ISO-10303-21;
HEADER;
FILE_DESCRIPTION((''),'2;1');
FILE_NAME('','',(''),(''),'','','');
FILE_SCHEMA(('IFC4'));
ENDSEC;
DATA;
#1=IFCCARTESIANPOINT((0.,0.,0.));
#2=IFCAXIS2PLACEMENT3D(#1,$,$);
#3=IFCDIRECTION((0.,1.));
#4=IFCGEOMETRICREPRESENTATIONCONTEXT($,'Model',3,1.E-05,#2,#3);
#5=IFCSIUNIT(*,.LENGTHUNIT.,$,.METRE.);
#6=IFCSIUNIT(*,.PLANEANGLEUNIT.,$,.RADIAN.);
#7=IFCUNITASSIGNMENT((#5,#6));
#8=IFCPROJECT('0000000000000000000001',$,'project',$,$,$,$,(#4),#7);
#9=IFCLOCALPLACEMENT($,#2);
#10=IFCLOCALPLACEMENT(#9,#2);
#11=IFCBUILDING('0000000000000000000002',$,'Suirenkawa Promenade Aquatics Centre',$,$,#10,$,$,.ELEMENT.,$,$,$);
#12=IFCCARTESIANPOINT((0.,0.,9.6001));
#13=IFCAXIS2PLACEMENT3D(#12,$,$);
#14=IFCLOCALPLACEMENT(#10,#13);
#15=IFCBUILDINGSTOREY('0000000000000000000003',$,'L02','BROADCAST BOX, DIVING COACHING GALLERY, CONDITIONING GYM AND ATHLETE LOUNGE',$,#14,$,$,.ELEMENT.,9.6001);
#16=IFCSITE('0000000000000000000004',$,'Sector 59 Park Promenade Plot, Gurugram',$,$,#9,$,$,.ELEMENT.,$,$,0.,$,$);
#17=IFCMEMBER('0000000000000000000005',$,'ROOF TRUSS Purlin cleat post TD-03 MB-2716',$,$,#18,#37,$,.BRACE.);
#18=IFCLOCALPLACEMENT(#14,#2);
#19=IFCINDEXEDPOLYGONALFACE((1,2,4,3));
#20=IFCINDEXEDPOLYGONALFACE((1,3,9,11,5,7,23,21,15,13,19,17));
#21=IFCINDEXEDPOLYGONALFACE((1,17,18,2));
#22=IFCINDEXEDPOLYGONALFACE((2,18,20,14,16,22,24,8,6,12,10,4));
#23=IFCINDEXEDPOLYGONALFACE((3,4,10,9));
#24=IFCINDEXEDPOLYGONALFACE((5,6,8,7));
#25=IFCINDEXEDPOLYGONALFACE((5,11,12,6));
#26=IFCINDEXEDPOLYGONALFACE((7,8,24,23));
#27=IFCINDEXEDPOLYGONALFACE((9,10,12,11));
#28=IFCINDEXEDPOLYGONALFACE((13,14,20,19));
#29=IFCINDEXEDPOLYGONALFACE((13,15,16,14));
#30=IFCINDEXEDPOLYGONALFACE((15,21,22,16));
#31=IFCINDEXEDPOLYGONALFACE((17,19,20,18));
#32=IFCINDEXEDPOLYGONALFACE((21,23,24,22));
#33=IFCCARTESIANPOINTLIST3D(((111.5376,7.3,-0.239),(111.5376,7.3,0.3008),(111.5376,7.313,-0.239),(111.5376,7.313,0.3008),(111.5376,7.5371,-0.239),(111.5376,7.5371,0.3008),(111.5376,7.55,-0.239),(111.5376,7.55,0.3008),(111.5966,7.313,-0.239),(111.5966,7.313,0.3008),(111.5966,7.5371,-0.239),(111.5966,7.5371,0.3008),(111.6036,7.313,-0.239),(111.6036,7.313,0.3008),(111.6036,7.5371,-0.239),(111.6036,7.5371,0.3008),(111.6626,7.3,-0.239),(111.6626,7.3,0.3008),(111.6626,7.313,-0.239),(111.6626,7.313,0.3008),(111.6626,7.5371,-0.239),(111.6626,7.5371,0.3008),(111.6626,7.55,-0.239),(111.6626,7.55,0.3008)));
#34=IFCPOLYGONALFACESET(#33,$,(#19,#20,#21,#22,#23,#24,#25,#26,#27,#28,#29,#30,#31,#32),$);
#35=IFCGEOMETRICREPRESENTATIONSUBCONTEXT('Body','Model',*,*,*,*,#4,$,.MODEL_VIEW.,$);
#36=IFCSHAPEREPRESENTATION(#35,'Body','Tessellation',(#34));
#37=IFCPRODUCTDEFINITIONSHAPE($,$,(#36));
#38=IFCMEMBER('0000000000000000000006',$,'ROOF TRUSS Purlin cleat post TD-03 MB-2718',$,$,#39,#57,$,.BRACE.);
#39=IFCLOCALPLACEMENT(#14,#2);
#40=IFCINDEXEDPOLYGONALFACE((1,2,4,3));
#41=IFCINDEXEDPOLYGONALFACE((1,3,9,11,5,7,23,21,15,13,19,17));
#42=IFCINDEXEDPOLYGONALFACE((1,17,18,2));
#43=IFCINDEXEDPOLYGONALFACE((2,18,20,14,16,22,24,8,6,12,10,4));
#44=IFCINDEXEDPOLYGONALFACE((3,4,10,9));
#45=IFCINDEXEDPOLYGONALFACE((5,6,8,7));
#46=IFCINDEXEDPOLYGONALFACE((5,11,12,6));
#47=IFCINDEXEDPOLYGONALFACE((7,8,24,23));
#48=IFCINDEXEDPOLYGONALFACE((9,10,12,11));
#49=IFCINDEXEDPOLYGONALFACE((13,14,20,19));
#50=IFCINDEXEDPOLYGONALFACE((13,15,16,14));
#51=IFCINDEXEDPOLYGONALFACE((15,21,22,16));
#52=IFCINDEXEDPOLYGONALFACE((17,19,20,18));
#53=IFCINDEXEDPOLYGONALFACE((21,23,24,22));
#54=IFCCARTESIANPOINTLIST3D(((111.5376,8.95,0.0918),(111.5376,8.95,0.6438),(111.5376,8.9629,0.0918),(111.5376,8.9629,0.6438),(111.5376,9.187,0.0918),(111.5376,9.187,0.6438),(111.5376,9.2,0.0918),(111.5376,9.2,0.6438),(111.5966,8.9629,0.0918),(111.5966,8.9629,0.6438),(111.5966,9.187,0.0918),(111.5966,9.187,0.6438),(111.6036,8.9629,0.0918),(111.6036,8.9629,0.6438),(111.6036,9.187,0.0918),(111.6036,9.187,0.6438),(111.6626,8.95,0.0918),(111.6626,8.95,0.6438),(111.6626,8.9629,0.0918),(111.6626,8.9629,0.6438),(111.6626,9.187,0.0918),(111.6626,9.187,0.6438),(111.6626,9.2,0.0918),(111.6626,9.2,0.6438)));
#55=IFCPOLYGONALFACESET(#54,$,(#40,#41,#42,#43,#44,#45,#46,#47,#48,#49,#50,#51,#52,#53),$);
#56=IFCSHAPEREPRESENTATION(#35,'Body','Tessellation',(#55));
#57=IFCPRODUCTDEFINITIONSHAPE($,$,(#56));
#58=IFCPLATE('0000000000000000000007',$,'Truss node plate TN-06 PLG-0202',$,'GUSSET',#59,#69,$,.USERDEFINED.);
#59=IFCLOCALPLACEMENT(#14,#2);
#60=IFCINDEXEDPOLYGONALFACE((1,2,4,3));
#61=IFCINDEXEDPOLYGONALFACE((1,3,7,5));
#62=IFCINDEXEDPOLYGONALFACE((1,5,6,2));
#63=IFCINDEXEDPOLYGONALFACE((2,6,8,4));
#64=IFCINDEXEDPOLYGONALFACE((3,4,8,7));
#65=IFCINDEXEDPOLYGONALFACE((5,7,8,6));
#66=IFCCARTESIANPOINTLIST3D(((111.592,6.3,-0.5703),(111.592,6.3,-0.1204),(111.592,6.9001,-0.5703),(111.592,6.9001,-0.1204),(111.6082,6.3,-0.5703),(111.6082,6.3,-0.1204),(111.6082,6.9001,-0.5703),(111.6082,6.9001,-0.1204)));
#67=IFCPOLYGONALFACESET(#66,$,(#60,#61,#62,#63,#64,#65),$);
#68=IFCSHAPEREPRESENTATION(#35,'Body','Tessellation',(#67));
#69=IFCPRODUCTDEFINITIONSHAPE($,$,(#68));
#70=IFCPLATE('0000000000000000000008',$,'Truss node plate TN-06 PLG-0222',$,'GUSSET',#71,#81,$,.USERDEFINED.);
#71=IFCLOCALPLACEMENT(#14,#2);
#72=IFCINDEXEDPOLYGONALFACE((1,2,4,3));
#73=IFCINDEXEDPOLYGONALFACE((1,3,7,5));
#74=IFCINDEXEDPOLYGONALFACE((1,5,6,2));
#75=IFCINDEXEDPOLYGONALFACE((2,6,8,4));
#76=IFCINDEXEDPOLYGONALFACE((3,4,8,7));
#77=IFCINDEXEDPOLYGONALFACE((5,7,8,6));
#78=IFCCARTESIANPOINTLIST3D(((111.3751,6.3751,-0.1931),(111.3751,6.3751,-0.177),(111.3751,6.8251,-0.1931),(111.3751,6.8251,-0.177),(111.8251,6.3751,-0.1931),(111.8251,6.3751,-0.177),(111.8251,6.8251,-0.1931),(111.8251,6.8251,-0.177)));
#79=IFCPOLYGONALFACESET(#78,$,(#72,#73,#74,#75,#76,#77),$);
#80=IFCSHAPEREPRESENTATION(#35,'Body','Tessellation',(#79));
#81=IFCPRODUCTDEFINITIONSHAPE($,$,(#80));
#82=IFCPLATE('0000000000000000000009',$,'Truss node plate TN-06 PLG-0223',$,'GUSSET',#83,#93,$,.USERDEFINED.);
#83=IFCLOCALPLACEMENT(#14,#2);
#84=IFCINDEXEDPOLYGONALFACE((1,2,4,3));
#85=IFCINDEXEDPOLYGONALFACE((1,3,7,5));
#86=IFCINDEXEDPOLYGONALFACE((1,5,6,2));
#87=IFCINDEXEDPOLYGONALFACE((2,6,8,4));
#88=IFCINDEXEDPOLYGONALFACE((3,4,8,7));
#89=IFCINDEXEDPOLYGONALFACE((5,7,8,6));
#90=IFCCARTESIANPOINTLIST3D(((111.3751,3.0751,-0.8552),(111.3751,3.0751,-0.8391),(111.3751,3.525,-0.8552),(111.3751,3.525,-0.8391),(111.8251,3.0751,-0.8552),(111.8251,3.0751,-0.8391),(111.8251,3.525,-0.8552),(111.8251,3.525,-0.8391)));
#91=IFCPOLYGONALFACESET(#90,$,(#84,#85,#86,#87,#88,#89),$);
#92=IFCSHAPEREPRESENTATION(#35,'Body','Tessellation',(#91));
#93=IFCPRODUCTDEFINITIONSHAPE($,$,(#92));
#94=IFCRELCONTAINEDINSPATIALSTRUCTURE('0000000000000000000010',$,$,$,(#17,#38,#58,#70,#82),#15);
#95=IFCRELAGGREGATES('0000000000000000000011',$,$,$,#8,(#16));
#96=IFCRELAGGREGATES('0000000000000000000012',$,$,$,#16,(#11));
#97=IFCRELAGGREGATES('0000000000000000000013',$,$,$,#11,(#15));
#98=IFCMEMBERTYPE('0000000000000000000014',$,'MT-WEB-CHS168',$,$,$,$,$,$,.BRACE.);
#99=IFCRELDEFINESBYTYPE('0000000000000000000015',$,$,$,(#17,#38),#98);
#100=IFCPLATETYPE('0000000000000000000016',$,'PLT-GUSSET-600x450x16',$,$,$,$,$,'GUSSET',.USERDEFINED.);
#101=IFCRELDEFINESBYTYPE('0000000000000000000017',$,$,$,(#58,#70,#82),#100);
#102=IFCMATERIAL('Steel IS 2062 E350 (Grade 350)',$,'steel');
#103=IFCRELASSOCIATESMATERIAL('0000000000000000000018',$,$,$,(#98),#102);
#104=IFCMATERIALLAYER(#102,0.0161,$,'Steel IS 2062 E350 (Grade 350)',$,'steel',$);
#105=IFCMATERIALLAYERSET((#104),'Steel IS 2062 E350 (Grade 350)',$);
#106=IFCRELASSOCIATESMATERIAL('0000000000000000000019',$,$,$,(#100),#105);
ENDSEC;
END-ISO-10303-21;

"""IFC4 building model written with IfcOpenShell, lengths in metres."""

from ifc_helpers import new_model, si_unit, direction, frame, origin, origin_2d, place, context, subcontext, project, spatial, rectangle, i_section, extrude, material, layer, layer_set, material_profile, profile_set, type_object, element, save


model = new_model("IFC4")

# Units and contexts
model_context = context("Model", 3, precision=1e-05, world=origin(), true_north=direction((0.0, 1.0)))
body_context = subcontext(model_context, "Body", "Model", "MODEL_VIEW")
ifc_project = project(units=[si_unit("LENGTHUNIT", "METRE"), si_unit("PLANEANGLEUNIT", "RADIAN")], contexts=[model_context])

# Site, building, storey
site_placement = place(None, origin())
site = spatial("IfcSite", under=ifc_project, at=site_placement, Name="Sector 59 Park Promenade Plot, Gurugram", CompositionType="ELEMENT", RefElevation=0.0)
building_placement = place(site_placement, origin())
building = spatial("IfcBuilding", under=site, at=building_placement, Name="Suirenkawa Promenade Aquatics Centre", CompositionType="ELEMENT")
storey_placement = place(building_placement, frame((0.0, 0.0, 9.6001)))
storey = spatial("IfcBuildingStorey", under=building, at=storey_placement, Name="L02", Description="BROADCAST BOX, DIVING COACHING GALLERY, CONDITIONING GYM AND ATHLETE LOUNGE", CompositionType="ELEMENT", Elevation=9.6001)

# Shared definitions
ifc_material = material(Name="Steel IS 2062 E350 (Grade 350)", Category="steel")

# Members
ifc_material_profile_1 = material_profile(ifc_material, i_section(OverallWidth=0.125, OverallDepth=0.25, WebThickness=0.0071, FlangeThickness=0.0129, at=origin_2d()), Name="ISMB 250", Category="steel")
ifc_profile_set_1 = profile_set([ifc_material_profile_1], Name="Steel IS 2062 E350 (Grade 350)")
member_type_1 = type_object("IfcMemberType", Name="MT-WEB-CHS168", PredefinedType="BRACE", material=ifc_profile_set_1)
member_1_placement = place(storey_placement, frame((111.6001, 7.425, -0.239), z_axis=(0.0, 0.0, 1.0), x_axis=(1.0, 0.0, 0.0)))
element("IfcMember", 1, at=member_1_placement, inside=storey, type_object=member_type_1, Name="ROOF TRUSS Purlin cleat post TD-03 MB-2716", PredefinedType="BRACE", context=body_context, shape_type="SweptSolid", body=[
    extrude(i_section(OverallWidth=0.125, OverallDepth=0.25, WebThickness=0.0071, FlangeThickness=0.0129, at=origin_2d()), origin(), (0.0, 0.0, 1.0), 0.5398),
])
member_2_placement = place(storey_placement, frame((111.6001, 9.075, 0.0918), z_axis=(0.0, 0.0, 1.0), x_axis=(1.0, 0.0, 0.0)))
element("IfcMember", 2, at=member_2_placement, inside=storey, type_object=member_type_1, Name="ROOF TRUSS Purlin cleat post TD-03 MB-2718", PredefinedType="BRACE", context=body_context, shape_type="SweptSolid", body=[
    extrude(i_section(OverallWidth=0.125, OverallDepth=0.25, WebThickness=0.0071, FlangeThickness=0.0129, at=origin_2d()), origin(), (0.0, 0.0, 1.0), 0.552),
])

# Plates
ifc_layer = layer(ifc_material, 0.0161, Name="Steel IS 2062 E350 (Grade 350)", Category="steel")
ifc_layer_set = layer_set([ifc_layer], Name="Steel IS 2062 E350 (Grade 350)")
plate_type = type_object("IfcPlateType", Name="PLT-GUSSET-600x450x16", ElementType="GUSSET", PredefinedType="USERDEFINED", material=ifc_layer_set)
plate_placement = place(storey_placement, frame((111.6001, 6.6001, -0.5703), z_axis=(0.0, 0.0, 1.0), x_axis=(0.0, 1.0, 0.0)))
element("IfcPlate", 3, at=plate_placement, inside=storey, type_object=plate_type, Name="Truss node plate TN-06 PLG-0202", ObjectType="GUSSET", PredefinedType="USERDEFINED", context=body_context, shape_type="SweptSolid", body=[
    extrude(rectangle(XDim=0.6001, YDim=0.0161, at=origin_2d()), origin(), (0.0, 0.0, 1.0), 0.45),
])
for number, where, z_axis, x_axis, name in (
    (4, (111.6001, 6.6001, -0.1931), (0.0, 0.0, 1.0), (1.0, 0.0, 0.0), "Truss node plate TN-06 PLG-0222"),
    (5, (111.6001, 3.3, -0.8552), (0.0, 0.0, 1.0), (1.0, 0.0, 0.0), "Truss node plate TN-06 PLG-0223"),
):
    element("IfcPlate", number, at=place(storey_placement, frame(where, z_axis=z_axis, x_axis=x_axis)), inside=storey, type_object=plate_type, Name=name, ObjectType="GUSSET", PredefinedType="USERDEFINED", context=body_context, shape_type="SweptSolid", body=[
        extrude(rectangle(XDim=0.45, YDim=0.45, at=origin_2d()), origin(), (0.0, 0.0, 1.0), 0.0161),
    ])

save(model, "model.ifc")
